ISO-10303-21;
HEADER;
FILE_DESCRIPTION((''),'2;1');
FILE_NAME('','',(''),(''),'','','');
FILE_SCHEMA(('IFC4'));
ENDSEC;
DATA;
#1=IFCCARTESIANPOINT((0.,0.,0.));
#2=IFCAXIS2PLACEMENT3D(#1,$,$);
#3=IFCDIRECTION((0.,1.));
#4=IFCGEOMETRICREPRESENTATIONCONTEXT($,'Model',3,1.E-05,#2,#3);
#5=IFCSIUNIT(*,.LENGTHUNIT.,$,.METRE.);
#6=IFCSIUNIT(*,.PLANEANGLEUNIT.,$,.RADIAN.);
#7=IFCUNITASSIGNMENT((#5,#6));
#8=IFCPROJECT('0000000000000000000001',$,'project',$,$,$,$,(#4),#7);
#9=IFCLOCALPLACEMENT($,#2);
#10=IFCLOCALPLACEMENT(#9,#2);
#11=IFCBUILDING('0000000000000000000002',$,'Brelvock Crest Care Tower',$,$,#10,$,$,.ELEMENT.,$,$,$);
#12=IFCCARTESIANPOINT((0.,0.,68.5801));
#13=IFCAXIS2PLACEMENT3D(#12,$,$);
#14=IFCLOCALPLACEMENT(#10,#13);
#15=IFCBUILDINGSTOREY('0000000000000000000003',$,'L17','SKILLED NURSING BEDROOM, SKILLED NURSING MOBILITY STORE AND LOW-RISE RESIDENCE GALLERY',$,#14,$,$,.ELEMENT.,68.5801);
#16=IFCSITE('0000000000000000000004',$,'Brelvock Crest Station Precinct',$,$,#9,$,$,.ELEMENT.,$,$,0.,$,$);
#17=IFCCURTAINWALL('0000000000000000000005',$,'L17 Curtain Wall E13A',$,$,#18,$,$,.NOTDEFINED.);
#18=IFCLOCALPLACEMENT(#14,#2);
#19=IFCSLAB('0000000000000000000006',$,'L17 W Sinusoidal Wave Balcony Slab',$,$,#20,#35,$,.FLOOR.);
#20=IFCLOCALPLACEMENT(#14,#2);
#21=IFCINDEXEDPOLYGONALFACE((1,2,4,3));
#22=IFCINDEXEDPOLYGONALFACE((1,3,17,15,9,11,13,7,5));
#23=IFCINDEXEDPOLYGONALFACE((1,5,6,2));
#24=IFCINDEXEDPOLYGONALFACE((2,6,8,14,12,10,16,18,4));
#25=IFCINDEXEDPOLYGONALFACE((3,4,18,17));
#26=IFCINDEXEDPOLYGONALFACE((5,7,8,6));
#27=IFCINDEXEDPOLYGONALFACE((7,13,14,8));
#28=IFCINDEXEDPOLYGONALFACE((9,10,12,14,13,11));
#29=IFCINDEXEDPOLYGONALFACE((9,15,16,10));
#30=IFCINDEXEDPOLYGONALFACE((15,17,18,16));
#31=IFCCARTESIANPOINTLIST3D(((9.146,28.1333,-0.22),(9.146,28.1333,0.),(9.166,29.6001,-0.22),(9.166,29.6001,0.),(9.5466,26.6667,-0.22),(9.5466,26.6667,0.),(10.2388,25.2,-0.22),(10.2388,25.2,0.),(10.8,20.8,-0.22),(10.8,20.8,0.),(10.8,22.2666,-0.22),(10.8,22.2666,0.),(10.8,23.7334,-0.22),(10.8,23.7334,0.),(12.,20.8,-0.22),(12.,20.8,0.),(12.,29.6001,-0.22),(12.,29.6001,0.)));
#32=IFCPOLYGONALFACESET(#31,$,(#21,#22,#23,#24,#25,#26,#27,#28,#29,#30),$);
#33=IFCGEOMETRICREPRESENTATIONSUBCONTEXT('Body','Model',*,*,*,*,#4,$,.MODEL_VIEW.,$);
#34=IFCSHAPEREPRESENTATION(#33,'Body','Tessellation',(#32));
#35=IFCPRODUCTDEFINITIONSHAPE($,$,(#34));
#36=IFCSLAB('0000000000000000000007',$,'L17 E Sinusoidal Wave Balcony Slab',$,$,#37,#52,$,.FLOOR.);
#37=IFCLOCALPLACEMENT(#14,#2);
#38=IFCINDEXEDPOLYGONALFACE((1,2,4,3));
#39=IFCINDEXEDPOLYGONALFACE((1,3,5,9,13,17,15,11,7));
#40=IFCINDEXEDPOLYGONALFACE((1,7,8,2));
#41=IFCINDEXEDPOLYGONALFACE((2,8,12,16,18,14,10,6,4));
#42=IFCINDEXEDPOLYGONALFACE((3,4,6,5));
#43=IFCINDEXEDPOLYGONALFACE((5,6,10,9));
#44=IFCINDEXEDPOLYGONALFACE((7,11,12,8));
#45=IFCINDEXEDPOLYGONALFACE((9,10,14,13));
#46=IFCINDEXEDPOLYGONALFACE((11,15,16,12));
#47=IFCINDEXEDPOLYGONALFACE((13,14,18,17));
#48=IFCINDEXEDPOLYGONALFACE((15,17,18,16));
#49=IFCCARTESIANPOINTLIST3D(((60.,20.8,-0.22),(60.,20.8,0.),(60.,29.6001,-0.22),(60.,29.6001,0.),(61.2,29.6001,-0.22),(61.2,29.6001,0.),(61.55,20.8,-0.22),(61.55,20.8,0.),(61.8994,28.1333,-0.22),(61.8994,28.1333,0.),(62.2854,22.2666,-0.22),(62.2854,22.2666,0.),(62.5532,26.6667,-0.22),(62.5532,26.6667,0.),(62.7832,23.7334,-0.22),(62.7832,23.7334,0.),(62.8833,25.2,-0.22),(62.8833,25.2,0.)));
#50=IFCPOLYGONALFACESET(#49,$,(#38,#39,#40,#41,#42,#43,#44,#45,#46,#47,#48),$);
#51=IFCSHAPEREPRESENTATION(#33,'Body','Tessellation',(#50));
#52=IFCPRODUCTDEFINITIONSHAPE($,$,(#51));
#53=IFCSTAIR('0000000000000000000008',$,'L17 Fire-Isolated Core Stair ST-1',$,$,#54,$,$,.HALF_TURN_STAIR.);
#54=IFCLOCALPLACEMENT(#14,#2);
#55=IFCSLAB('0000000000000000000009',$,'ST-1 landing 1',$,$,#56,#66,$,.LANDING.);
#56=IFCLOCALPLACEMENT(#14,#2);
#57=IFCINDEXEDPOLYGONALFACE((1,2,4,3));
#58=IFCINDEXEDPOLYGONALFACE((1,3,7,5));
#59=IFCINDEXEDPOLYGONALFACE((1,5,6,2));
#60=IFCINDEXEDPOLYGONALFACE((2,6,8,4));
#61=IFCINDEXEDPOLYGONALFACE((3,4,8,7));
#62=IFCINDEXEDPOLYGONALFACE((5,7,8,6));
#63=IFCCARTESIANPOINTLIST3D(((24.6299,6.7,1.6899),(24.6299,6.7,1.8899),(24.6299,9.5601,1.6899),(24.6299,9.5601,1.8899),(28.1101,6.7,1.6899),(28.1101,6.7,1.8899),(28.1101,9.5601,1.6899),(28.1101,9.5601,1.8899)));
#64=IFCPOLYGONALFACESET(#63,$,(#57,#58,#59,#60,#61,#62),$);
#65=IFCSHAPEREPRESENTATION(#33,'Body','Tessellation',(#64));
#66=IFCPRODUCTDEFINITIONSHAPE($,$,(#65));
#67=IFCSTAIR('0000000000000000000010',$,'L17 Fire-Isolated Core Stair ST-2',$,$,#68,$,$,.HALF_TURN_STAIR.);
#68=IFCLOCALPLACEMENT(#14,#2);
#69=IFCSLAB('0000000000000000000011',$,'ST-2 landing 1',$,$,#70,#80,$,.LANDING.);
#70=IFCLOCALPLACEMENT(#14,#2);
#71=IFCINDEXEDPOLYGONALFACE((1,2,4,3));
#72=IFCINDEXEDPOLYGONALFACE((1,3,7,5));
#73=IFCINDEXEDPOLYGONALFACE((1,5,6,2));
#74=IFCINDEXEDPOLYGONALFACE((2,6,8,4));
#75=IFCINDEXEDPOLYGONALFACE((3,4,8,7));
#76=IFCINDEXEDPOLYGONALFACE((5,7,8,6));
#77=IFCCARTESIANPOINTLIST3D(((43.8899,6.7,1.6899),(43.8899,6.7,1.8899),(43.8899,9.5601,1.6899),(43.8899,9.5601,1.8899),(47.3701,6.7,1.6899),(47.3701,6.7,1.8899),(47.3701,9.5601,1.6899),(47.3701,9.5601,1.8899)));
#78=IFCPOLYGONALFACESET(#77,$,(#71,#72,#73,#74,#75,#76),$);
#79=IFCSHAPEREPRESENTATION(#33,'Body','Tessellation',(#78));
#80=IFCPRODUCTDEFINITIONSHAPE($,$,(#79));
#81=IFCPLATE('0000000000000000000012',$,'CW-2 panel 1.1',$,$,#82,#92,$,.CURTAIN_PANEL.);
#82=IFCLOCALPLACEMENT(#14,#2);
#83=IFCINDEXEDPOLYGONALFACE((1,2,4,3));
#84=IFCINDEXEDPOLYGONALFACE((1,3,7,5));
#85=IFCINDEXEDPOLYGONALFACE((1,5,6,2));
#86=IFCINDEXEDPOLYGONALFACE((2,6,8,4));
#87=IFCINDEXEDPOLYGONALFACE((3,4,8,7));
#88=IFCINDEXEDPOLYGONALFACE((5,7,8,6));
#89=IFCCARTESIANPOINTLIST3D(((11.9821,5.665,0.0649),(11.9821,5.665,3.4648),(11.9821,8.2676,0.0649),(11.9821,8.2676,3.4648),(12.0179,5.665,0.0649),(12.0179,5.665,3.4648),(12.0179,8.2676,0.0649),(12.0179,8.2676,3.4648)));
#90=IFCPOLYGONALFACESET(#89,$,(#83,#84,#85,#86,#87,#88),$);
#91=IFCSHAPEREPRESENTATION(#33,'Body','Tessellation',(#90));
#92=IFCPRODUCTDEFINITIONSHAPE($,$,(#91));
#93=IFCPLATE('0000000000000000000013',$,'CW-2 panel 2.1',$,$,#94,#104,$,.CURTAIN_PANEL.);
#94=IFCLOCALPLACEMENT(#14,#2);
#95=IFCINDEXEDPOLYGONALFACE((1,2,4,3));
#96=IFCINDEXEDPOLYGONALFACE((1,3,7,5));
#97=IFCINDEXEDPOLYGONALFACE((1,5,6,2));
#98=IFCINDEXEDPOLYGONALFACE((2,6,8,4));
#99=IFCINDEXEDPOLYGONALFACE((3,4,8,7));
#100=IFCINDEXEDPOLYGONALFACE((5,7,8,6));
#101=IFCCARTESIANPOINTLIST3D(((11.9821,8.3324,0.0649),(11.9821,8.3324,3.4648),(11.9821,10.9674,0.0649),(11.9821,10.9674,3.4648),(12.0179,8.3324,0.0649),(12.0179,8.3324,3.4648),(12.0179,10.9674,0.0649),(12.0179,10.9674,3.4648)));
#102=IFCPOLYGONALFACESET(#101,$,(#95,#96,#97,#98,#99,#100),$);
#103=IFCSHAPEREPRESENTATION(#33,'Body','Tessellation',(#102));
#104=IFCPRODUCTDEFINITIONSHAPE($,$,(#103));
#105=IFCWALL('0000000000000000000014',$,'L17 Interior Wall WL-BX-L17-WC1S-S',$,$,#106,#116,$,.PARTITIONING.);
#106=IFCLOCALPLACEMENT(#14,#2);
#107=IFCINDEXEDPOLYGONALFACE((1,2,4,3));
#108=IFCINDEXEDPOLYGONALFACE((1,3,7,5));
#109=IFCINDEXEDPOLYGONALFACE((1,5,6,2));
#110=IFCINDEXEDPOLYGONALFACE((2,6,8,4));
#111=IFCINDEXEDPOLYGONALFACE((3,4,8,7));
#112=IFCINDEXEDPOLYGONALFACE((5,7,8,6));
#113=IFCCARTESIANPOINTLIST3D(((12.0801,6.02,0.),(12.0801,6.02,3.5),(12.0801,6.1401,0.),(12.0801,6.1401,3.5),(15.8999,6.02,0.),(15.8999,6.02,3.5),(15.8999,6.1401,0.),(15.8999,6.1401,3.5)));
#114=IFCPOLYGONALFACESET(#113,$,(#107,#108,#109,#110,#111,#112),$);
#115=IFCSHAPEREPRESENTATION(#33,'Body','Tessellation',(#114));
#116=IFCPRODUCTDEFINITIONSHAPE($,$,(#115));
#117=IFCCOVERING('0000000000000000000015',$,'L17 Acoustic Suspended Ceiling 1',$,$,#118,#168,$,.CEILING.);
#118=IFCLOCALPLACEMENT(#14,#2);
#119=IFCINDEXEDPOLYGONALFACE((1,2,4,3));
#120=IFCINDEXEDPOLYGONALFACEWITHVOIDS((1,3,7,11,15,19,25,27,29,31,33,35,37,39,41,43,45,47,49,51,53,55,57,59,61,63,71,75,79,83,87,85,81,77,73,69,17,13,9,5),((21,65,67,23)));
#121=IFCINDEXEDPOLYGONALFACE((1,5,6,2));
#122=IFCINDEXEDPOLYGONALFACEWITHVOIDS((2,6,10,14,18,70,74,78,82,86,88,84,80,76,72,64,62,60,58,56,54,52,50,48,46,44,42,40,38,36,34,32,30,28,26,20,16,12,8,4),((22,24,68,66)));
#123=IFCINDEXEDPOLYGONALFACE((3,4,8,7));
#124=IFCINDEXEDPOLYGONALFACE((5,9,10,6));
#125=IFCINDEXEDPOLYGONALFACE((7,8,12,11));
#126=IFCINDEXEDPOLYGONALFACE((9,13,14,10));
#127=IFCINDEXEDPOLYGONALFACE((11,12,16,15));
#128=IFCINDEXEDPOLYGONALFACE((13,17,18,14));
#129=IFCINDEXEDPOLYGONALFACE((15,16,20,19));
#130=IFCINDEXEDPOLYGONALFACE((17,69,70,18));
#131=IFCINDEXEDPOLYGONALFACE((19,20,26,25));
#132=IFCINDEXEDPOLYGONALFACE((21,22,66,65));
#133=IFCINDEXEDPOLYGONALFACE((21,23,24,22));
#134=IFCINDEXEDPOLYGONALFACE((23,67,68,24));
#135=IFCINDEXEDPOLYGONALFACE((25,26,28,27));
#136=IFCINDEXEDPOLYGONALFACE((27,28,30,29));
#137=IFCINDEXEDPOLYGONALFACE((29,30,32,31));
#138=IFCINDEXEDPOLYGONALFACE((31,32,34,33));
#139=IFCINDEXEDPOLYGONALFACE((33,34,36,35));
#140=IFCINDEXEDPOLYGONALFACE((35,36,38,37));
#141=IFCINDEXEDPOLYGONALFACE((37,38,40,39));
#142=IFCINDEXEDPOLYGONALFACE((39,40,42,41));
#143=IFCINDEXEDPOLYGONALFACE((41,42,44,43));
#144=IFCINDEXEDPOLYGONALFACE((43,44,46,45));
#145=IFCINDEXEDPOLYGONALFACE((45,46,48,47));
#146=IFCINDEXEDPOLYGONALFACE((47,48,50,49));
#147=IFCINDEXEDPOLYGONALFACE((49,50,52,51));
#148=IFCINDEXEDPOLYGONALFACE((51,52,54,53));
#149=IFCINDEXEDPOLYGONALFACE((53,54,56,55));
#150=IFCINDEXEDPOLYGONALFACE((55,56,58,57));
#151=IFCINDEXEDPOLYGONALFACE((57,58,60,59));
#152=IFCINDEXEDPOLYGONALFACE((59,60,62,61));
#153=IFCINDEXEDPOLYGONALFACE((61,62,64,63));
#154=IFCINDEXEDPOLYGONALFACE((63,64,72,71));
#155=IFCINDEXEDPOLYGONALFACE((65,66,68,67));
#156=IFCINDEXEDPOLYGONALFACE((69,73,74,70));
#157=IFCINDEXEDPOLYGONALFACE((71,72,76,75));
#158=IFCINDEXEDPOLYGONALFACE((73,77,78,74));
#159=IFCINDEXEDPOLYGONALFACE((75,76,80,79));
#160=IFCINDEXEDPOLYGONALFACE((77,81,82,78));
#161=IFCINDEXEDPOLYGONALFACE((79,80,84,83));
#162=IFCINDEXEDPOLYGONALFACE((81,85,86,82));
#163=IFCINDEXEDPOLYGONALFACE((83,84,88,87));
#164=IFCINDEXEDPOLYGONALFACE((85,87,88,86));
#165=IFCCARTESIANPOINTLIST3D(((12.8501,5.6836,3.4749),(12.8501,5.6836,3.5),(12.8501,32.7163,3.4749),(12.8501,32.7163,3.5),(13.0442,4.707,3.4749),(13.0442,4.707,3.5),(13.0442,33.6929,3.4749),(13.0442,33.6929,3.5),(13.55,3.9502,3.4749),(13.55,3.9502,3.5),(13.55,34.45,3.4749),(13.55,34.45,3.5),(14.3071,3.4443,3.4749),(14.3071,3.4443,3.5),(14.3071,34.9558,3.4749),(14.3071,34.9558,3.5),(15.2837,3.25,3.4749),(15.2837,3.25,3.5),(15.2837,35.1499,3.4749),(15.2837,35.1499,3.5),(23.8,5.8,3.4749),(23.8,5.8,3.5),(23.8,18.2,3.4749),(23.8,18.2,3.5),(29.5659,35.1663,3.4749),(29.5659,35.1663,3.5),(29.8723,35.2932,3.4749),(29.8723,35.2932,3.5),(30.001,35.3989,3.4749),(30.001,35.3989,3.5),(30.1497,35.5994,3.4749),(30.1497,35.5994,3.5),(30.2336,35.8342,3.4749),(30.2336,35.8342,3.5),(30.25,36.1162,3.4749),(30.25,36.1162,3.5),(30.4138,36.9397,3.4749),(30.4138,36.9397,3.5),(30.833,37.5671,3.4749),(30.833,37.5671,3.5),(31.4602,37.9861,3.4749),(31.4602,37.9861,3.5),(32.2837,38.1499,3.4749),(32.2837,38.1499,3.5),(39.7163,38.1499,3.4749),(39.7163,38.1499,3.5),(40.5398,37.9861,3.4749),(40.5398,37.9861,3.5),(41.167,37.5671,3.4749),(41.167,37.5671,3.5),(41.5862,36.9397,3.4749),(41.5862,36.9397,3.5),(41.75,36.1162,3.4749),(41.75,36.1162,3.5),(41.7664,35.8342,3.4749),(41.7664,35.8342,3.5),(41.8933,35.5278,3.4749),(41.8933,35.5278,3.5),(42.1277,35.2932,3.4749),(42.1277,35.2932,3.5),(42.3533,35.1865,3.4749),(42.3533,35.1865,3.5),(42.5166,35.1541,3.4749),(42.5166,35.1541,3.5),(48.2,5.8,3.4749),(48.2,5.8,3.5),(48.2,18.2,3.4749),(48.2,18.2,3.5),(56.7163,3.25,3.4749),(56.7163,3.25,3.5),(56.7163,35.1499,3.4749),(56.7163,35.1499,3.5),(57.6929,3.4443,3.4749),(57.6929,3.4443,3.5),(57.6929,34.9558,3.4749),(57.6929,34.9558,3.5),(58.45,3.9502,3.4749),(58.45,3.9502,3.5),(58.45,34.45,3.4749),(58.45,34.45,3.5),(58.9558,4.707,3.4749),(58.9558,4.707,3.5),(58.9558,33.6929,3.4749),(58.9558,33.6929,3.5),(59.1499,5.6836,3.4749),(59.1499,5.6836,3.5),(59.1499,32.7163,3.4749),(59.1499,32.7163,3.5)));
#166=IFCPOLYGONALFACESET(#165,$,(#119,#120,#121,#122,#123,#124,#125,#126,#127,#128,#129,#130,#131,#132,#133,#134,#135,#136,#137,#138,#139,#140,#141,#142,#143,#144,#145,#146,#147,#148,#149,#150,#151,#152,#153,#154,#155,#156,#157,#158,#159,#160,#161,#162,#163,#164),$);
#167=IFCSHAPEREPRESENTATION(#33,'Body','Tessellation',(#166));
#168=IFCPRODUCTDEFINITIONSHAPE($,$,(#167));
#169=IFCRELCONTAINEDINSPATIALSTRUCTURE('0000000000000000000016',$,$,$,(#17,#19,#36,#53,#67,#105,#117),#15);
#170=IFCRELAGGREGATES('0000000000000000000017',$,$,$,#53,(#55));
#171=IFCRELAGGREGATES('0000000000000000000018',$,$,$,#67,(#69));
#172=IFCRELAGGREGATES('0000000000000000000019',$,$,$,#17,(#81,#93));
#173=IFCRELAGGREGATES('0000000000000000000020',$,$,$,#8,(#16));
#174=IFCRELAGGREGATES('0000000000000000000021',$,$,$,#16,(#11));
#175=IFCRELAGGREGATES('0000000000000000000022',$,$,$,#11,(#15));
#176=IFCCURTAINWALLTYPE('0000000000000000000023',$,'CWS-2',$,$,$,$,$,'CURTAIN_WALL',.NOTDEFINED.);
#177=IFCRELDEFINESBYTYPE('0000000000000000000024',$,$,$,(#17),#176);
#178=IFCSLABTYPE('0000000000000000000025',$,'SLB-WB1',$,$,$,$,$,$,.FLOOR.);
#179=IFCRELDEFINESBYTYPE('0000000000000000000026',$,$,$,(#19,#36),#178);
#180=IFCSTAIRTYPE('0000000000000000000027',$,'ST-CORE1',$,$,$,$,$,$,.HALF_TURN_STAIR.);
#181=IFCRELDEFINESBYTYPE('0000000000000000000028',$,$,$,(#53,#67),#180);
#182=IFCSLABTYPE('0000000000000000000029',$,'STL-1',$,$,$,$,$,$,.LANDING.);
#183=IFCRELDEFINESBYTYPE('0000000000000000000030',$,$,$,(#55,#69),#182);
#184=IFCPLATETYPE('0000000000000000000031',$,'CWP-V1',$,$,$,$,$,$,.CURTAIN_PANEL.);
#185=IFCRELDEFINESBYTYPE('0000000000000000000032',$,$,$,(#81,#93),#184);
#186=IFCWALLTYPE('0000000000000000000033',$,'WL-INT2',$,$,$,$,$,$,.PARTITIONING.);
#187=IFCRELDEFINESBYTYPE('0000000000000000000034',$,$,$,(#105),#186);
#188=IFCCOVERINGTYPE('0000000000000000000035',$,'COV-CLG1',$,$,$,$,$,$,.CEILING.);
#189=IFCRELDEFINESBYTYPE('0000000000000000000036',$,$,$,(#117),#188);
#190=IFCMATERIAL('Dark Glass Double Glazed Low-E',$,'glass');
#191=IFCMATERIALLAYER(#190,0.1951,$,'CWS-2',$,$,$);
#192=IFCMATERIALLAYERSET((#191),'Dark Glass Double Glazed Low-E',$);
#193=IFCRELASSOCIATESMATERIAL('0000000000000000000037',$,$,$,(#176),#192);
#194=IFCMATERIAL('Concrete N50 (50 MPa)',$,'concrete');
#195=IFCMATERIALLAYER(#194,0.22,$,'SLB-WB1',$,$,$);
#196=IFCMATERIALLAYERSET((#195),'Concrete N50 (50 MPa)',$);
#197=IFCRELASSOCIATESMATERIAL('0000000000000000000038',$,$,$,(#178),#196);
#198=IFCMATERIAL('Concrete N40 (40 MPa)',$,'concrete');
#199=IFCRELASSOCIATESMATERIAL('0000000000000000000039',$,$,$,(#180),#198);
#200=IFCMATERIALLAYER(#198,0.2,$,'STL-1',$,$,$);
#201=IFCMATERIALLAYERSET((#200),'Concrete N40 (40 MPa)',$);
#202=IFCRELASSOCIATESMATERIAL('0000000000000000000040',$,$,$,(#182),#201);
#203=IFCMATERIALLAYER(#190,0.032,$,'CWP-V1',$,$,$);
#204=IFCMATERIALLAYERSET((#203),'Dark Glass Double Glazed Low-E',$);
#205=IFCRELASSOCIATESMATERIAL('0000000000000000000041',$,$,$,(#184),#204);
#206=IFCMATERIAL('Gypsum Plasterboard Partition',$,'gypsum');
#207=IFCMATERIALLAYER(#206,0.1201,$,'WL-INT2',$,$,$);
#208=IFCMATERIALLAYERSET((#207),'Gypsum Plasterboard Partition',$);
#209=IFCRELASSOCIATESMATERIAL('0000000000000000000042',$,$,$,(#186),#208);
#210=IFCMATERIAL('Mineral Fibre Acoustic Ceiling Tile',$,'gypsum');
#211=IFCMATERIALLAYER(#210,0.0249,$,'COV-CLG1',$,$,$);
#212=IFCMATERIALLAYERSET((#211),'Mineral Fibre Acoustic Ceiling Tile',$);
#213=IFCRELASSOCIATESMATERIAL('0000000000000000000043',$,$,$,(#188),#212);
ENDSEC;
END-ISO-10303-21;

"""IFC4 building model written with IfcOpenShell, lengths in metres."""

from ifc_helpers import new_model, si_unit, direction, frame, frame_2d, origin, origin_2d, place, context, subcontext, project, spatial, polyline, rectangle, outline, extrude, source, transform, mapped, material, layer, layer_set, type_object, element, aggregate, save


model = new_model("IFC4")

# Units and contexts
model_context = context("Model", 3, precision=1e-05, world=origin(), true_north=direction((0.0, 1.0)))
body_context = subcontext(model_context, "Body", "Model", "MODEL_VIEW")
ifc_project = project(units=[si_unit("LENGTHUNIT", "METRE"), si_unit("PLANEANGLEUNIT", "RADIAN")], contexts=[model_context])

# Site, building, storey
site_placement = place(None, origin())
site = spatial("IfcSite", under=ifc_project, at=site_placement, Name="Brelvock Crest Station Precinct", CompositionType="ELEMENT", RefElevation=0.0)
building_placement = place(site_placement, origin())
building = spatial("IfcBuilding", under=site, at=building_placement, Name="Brelvock Crest Care Tower", CompositionType="ELEMENT")
storey_placement = place(building_placement, frame((0.0, 0.0, 68.5801)))
storey = spatial("IfcBuildingStorey", under=building, at=storey_placement, Name="L17", Description="SKILLED NURSING BEDROOM, SKILLED NURSING MOBILITY STORE AND LOW-RISE RESIDENCE GALLERY", CompositionType="ELEMENT", Elevation=68.5801)

# Curtain wall
ifc_material_1 = material(Name="Dark Glass Double Glazed Low-E", Category="glass")
ifc_layer_1 = layer(ifc_material_1, 0.1951, Name="CWS-2")
ifc_layer_set_1 = layer_set([ifc_layer_1], Name="Dark Glass Double Glazed Low-E")
curtain_wall_type = type_object("IfcCurtainWallType", Name="CWS-2", ElementType="CURTAIN_WALL", PredefinedType="NOTDEFINED", material=ifc_layer_set_1)
curtain_wall_placement = place(storey_placement, origin())
curtain_wall = element("IfcCurtainWall", 1, at=curtain_wall_placement, inside=storey, type_object=curtain_wall_type, Name="L17 Curtain Wall E13A", PredefinedType="NOTDEFINED")

# Slabs
ifc_material_2 = material(Name="Concrete N50 (50 MPa)", Category="concrete")
ifc_layer_2 = layer(ifc_material_2, 0.22, Name="SLB-WB1")
ifc_layer_set_2 = layer_set([ifc_layer_2], Name="Concrete N50 (50 MPa)")
slab_type_1 = type_object("IfcSlabType", Name="SLB-WB1", PredefinedType="FLOOR", material=ifc_layer_set_2)
slab_1_placement = place(storey_placement, frame((0.0, 0.0, -0.22)))
element("IfcSlab", 2, at=slab_1_placement, inside=storey, type_object=slab_type_1, Name="L17 W Sinusoidal Wave Balcony Slab", PredefinedType="FLOOR", context=body_context, shape_type="SweptSolid", body=[
    extrude(outline(polyline([(12.0, 29.6001), (9.166, 29.6001), (9.146, 28.1333), (9.5466, 26.6667), (10.2388, 25.2), (10.8, 23.7334), (10.8, 22.2666), (10.8, 20.8), (12.0, 20.8), (12.0, 29.6001)])), origin(), (0.0, 0.0, 1.0), 0.22),
])
slab_2_placement = place(storey_placement, frame((0.0, 0.0, -0.22)))
element("IfcSlab", 3, at=slab_2_placement, inside=storey, type_object=slab_type_1, Name="L17 E Sinusoidal Wave Balcony Slab", PredefinedType="FLOOR", context=body_context, shape_type="SweptSolid", body=[
    extrude(outline(polyline([(60.0, 20.8), (61.55, 20.8), (62.2854, 22.2666), (62.7832, 23.7334), (62.8833, 25.2), (62.5532, 26.6667), (61.8994, 28.1333), (61.2, 29.6001), (60.0, 29.6001), (60.0, 20.8)])), origin(), (0.0, 0.0, 1.0), 0.22),
])

# Stairs, slabs
ifc_material_3 = material(Name="Concrete N40 (40 MPa)", Category="concrete")
stair_type = type_object("IfcStairType", Name="ST-CORE1", PredefinedType="HALF_TURN_STAIR", material=ifc_material_3)
stair_1_placement = place(storey_placement, origin())
stair_1 = element("IfcStair", 4, at=stair_1_placement, inside=storey, type_object=stair_type, Name="L17 Fire-Isolated Core Stair ST-1", PredefinedType="HALF_TURN_STAIR")
ifc_layer_3 = layer(ifc_material_3, 0.2, Name="STL-1")
ifc_layer_set_3 = layer_set([ifc_layer_3], Name="Concrete N40 (40 MPa)")
slab_type_2 = type_object("IfcSlabType", Name="STL-1", PredefinedType="LANDING", material=ifc_layer_set_3)
slab_3_placement = place(storey_placement, frame((0.0, 0.0, 1.6899)))
slab_3 = element("IfcSlab", 5, at=slab_3_placement, type_object=slab_type_2, Name="ST-1 landing 1", PredefinedType="LANDING", context=body_context, shape_type="SweptSolid", body=[
    extrude(outline(polyline([(24.6299, 9.5601), (24.6299, 6.7), (28.1101, 6.7), (28.1101, 9.5601), (24.6299, 9.5601)])), origin(), (0.0, 0.0, 1.0), 0.2),
])
aggregate(stair_1, [slab_3])
stair_2_placement = place(storey_placement, origin())
stair_2 = element("IfcStair", 6, at=stair_2_placement, inside=storey, type_object=stair_type, Name="L17 Fire-Isolated Core Stair ST-2", PredefinedType="HALF_TURN_STAIR")
slab_4_placement = place(storey_placement, frame((0.0, 0.0, 1.6899)))
slab_4 = element("IfcSlab", 7, at=slab_4_placement, type_object=slab_type_2, Name="ST-2 landing 1", PredefinedType="LANDING", context=body_context, shape_type="SweptSolid", body=[
    extrude(outline(polyline([(43.8899, 9.5601), (43.8899, 6.7), (47.3701, 6.7), (47.3701, 9.5601), (43.8899, 9.5601)])), origin(), (0.0, 0.0, 1.0), 0.2),
])
aggregate(stair_2, [slab_4])

# Plates
ifc_layer_4 = layer(ifc_material_1, 0.032, Name="CWP-V1")
ifc_layer_set_4 = layer_set([ifc_layer_4], Name="Dark Glass Double Glazed Low-E")
plate_type = type_object("IfcPlateType", Name="CWP-V1", PredefinedType="CURTAIN_PANEL", material=ifc_layer_set_4)
shared_shape_1 = source(origin(), body_context, "Body", "SweptSolid", [
    extrude(rectangle(XDim=2.6025, YDim=0.0359, at=origin_2d()), origin(), (0.0, 0.0, 1.0), 3.3999),
])
plate_1_placement = place(storey_placement, frame((12.0, 6.9663, 0.0649), z_axis=(0.0, 0.0, 1.0), x_axis=(0.0, 1.0, 0.0)))
plate_1 = element("IfcPlate", 8, at=plate_1_placement, type_object=plate_type, Name="CW-2 panel 1.1", PredefinedType="CURTAIN_PANEL", context=body_context, shape_type="MappedRepresentation", body=[
    mapped(shared_shape_1, transform((0.0, 0.0, 0.0), x_axis=(1.0, 0.0, 0.0), y_axis=(0.0, 1.0, 0.0), z_axis=(0.0, 0.0, 1.0), scale=1.0)),
])
shared_shape_2 = source(origin(), body_context, "Body", "SweptSolid", [
    extrude(rectangle(XDim=2.635, YDim=0.0359, at=origin_2d()), origin(), (0.0, 0.0, 1.0), 3.3999),
])
plate_2_placement = place(storey_placement, frame((12.0, 9.6499, 0.0649), z_axis=(0.0, 0.0, 1.0), x_axis=(0.0, 1.0, 0.0)))
plate_2 = element("IfcPlate", 9, at=plate_2_placement, type_object=plate_type, Name="CW-2 panel 2.1", PredefinedType="CURTAIN_PANEL", context=body_context, shape_type="MappedRepresentation", body=[
    mapped(shared_shape_2, transform((0.0, 0.0, 0.0), x_axis=(1.0, 0.0, 0.0), y_axis=(0.0, 1.0, 0.0), z_axis=(0.0, 0.0, 1.0), scale=1.0)),
])
aggregate(curtain_wall, [plate_1, plate_2])

# Wall
ifc_material_4 = material(Name="Gypsum Plasterboard Partition", Category="gypsum")
ifc_layer_5 = layer(ifc_material_4, 0.1201, Name="WL-INT2")
ifc_layer_set_5 = layer_set([ifc_layer_5], Name="Gypsum Plasterboard Partition")
wall_type = type_object("IfcWallType", Name="WL-INT2", PredefinedType="PARTITIONING", material=ifc_layer_set_5)
wall_placement = place(storey_placement, frame((12.0801, 6.0801, 0.0), z_axis=(0.0, 0.0, 1.0), x_axis=(1.0, 0.0, 0.0)))
element("IfcWall", 10, at=wall_placement, inside=storey, type_object=wall_type, Name="L17 Interior Wall WL-BX-L17-WC1S-S", PredefinedType="PARTITIONING", context=body_context, shape_type="SweptSolid", body=[
    extrude(rectangle(XDim=3.8198, YDim=0.1201, at=frame_2d((1.9099, 0.0))), origin(), (0.0, 0.0, 1.0), 3.5),
])

# Covering
ifc_material_5 = material(Name="Mineral Fibre Acoustic Ceiling Tile", Category="gypsum")
ifc_layer_6 = layer(ifc_material_5, 0.0249, Name="COV-CLG1")
ifc_layer_set_6 = layer_set([ifc_layer_6], Name="Mineral Fibre Acoustic Ceiling Tile")
covering_type_1 = type_object("IfcCoveringType", Name="COV-CLG1", PredefinedType="CEILING", material=ifc_layer_set_6)
covering_1_placement = place(storey_placement, frame((0.0, 0.0, 3.4749)))
element("IfcCovering", 11, at=covering_1_placement, inside=storey, type_object=covering_type_1, Name="L17 Acoustic Suspended Ceiling 1", PredefinedType="CEILING", context=body_context, shape_type="SweptSolid", body=[
    extrude(outline(polyline([(56.7163, 35.1499), (42.5166, 35.1541), (42.3533, 35.1865), (42.1277, 35.2932), (41.8933, 35.5278), (41.7664, 35.8342), (41.75, 36.1162), (41.5862, 36.9397), (41.167, 37.5671), (40.5398, 37.9861), (39.7163, 38.1499), (32.2837, 38.1499), (31.4602, 37.9861), (30.833, 37.5671), (30.4138, 36.9397), (30.25, 36.1162), (30.2336, 35.8342), (30.1497, 35.5994), (30.001, 35.3989), (29.8723, 35.2932), (29.5659, 35.1663), (15.2837, 35.1499), (14.3071, 34.9558), (13.55, 34.45), (13.0442, 33.6929), (12.8501, 32.7163), (12.8501, 5.6836), (13.0442, 4.707), (13.55, 3.9502), (14.3071, 3.4443), (15.2837, 3.25), (56.7163, 3.25), (57.6929, 3.4443), (58.45, 3.9502), (58.9558, 4.707), (59.1499, 5.6836), (59.1499, 32.7163), (58.9558, 33.6929), (58.45, 34.45), (57.6929, 34.9558), (56.7163, 35.1499)]), holes=[polyline([(48.2, 5.8), (48.2, 18.2), (23.8, 18.2), (23.8, 5.8), (48.2, 5.8)])]), origin(), (0.0, 0.0, 1.0), 0.0251),
])

save(model, "model.ifc")
